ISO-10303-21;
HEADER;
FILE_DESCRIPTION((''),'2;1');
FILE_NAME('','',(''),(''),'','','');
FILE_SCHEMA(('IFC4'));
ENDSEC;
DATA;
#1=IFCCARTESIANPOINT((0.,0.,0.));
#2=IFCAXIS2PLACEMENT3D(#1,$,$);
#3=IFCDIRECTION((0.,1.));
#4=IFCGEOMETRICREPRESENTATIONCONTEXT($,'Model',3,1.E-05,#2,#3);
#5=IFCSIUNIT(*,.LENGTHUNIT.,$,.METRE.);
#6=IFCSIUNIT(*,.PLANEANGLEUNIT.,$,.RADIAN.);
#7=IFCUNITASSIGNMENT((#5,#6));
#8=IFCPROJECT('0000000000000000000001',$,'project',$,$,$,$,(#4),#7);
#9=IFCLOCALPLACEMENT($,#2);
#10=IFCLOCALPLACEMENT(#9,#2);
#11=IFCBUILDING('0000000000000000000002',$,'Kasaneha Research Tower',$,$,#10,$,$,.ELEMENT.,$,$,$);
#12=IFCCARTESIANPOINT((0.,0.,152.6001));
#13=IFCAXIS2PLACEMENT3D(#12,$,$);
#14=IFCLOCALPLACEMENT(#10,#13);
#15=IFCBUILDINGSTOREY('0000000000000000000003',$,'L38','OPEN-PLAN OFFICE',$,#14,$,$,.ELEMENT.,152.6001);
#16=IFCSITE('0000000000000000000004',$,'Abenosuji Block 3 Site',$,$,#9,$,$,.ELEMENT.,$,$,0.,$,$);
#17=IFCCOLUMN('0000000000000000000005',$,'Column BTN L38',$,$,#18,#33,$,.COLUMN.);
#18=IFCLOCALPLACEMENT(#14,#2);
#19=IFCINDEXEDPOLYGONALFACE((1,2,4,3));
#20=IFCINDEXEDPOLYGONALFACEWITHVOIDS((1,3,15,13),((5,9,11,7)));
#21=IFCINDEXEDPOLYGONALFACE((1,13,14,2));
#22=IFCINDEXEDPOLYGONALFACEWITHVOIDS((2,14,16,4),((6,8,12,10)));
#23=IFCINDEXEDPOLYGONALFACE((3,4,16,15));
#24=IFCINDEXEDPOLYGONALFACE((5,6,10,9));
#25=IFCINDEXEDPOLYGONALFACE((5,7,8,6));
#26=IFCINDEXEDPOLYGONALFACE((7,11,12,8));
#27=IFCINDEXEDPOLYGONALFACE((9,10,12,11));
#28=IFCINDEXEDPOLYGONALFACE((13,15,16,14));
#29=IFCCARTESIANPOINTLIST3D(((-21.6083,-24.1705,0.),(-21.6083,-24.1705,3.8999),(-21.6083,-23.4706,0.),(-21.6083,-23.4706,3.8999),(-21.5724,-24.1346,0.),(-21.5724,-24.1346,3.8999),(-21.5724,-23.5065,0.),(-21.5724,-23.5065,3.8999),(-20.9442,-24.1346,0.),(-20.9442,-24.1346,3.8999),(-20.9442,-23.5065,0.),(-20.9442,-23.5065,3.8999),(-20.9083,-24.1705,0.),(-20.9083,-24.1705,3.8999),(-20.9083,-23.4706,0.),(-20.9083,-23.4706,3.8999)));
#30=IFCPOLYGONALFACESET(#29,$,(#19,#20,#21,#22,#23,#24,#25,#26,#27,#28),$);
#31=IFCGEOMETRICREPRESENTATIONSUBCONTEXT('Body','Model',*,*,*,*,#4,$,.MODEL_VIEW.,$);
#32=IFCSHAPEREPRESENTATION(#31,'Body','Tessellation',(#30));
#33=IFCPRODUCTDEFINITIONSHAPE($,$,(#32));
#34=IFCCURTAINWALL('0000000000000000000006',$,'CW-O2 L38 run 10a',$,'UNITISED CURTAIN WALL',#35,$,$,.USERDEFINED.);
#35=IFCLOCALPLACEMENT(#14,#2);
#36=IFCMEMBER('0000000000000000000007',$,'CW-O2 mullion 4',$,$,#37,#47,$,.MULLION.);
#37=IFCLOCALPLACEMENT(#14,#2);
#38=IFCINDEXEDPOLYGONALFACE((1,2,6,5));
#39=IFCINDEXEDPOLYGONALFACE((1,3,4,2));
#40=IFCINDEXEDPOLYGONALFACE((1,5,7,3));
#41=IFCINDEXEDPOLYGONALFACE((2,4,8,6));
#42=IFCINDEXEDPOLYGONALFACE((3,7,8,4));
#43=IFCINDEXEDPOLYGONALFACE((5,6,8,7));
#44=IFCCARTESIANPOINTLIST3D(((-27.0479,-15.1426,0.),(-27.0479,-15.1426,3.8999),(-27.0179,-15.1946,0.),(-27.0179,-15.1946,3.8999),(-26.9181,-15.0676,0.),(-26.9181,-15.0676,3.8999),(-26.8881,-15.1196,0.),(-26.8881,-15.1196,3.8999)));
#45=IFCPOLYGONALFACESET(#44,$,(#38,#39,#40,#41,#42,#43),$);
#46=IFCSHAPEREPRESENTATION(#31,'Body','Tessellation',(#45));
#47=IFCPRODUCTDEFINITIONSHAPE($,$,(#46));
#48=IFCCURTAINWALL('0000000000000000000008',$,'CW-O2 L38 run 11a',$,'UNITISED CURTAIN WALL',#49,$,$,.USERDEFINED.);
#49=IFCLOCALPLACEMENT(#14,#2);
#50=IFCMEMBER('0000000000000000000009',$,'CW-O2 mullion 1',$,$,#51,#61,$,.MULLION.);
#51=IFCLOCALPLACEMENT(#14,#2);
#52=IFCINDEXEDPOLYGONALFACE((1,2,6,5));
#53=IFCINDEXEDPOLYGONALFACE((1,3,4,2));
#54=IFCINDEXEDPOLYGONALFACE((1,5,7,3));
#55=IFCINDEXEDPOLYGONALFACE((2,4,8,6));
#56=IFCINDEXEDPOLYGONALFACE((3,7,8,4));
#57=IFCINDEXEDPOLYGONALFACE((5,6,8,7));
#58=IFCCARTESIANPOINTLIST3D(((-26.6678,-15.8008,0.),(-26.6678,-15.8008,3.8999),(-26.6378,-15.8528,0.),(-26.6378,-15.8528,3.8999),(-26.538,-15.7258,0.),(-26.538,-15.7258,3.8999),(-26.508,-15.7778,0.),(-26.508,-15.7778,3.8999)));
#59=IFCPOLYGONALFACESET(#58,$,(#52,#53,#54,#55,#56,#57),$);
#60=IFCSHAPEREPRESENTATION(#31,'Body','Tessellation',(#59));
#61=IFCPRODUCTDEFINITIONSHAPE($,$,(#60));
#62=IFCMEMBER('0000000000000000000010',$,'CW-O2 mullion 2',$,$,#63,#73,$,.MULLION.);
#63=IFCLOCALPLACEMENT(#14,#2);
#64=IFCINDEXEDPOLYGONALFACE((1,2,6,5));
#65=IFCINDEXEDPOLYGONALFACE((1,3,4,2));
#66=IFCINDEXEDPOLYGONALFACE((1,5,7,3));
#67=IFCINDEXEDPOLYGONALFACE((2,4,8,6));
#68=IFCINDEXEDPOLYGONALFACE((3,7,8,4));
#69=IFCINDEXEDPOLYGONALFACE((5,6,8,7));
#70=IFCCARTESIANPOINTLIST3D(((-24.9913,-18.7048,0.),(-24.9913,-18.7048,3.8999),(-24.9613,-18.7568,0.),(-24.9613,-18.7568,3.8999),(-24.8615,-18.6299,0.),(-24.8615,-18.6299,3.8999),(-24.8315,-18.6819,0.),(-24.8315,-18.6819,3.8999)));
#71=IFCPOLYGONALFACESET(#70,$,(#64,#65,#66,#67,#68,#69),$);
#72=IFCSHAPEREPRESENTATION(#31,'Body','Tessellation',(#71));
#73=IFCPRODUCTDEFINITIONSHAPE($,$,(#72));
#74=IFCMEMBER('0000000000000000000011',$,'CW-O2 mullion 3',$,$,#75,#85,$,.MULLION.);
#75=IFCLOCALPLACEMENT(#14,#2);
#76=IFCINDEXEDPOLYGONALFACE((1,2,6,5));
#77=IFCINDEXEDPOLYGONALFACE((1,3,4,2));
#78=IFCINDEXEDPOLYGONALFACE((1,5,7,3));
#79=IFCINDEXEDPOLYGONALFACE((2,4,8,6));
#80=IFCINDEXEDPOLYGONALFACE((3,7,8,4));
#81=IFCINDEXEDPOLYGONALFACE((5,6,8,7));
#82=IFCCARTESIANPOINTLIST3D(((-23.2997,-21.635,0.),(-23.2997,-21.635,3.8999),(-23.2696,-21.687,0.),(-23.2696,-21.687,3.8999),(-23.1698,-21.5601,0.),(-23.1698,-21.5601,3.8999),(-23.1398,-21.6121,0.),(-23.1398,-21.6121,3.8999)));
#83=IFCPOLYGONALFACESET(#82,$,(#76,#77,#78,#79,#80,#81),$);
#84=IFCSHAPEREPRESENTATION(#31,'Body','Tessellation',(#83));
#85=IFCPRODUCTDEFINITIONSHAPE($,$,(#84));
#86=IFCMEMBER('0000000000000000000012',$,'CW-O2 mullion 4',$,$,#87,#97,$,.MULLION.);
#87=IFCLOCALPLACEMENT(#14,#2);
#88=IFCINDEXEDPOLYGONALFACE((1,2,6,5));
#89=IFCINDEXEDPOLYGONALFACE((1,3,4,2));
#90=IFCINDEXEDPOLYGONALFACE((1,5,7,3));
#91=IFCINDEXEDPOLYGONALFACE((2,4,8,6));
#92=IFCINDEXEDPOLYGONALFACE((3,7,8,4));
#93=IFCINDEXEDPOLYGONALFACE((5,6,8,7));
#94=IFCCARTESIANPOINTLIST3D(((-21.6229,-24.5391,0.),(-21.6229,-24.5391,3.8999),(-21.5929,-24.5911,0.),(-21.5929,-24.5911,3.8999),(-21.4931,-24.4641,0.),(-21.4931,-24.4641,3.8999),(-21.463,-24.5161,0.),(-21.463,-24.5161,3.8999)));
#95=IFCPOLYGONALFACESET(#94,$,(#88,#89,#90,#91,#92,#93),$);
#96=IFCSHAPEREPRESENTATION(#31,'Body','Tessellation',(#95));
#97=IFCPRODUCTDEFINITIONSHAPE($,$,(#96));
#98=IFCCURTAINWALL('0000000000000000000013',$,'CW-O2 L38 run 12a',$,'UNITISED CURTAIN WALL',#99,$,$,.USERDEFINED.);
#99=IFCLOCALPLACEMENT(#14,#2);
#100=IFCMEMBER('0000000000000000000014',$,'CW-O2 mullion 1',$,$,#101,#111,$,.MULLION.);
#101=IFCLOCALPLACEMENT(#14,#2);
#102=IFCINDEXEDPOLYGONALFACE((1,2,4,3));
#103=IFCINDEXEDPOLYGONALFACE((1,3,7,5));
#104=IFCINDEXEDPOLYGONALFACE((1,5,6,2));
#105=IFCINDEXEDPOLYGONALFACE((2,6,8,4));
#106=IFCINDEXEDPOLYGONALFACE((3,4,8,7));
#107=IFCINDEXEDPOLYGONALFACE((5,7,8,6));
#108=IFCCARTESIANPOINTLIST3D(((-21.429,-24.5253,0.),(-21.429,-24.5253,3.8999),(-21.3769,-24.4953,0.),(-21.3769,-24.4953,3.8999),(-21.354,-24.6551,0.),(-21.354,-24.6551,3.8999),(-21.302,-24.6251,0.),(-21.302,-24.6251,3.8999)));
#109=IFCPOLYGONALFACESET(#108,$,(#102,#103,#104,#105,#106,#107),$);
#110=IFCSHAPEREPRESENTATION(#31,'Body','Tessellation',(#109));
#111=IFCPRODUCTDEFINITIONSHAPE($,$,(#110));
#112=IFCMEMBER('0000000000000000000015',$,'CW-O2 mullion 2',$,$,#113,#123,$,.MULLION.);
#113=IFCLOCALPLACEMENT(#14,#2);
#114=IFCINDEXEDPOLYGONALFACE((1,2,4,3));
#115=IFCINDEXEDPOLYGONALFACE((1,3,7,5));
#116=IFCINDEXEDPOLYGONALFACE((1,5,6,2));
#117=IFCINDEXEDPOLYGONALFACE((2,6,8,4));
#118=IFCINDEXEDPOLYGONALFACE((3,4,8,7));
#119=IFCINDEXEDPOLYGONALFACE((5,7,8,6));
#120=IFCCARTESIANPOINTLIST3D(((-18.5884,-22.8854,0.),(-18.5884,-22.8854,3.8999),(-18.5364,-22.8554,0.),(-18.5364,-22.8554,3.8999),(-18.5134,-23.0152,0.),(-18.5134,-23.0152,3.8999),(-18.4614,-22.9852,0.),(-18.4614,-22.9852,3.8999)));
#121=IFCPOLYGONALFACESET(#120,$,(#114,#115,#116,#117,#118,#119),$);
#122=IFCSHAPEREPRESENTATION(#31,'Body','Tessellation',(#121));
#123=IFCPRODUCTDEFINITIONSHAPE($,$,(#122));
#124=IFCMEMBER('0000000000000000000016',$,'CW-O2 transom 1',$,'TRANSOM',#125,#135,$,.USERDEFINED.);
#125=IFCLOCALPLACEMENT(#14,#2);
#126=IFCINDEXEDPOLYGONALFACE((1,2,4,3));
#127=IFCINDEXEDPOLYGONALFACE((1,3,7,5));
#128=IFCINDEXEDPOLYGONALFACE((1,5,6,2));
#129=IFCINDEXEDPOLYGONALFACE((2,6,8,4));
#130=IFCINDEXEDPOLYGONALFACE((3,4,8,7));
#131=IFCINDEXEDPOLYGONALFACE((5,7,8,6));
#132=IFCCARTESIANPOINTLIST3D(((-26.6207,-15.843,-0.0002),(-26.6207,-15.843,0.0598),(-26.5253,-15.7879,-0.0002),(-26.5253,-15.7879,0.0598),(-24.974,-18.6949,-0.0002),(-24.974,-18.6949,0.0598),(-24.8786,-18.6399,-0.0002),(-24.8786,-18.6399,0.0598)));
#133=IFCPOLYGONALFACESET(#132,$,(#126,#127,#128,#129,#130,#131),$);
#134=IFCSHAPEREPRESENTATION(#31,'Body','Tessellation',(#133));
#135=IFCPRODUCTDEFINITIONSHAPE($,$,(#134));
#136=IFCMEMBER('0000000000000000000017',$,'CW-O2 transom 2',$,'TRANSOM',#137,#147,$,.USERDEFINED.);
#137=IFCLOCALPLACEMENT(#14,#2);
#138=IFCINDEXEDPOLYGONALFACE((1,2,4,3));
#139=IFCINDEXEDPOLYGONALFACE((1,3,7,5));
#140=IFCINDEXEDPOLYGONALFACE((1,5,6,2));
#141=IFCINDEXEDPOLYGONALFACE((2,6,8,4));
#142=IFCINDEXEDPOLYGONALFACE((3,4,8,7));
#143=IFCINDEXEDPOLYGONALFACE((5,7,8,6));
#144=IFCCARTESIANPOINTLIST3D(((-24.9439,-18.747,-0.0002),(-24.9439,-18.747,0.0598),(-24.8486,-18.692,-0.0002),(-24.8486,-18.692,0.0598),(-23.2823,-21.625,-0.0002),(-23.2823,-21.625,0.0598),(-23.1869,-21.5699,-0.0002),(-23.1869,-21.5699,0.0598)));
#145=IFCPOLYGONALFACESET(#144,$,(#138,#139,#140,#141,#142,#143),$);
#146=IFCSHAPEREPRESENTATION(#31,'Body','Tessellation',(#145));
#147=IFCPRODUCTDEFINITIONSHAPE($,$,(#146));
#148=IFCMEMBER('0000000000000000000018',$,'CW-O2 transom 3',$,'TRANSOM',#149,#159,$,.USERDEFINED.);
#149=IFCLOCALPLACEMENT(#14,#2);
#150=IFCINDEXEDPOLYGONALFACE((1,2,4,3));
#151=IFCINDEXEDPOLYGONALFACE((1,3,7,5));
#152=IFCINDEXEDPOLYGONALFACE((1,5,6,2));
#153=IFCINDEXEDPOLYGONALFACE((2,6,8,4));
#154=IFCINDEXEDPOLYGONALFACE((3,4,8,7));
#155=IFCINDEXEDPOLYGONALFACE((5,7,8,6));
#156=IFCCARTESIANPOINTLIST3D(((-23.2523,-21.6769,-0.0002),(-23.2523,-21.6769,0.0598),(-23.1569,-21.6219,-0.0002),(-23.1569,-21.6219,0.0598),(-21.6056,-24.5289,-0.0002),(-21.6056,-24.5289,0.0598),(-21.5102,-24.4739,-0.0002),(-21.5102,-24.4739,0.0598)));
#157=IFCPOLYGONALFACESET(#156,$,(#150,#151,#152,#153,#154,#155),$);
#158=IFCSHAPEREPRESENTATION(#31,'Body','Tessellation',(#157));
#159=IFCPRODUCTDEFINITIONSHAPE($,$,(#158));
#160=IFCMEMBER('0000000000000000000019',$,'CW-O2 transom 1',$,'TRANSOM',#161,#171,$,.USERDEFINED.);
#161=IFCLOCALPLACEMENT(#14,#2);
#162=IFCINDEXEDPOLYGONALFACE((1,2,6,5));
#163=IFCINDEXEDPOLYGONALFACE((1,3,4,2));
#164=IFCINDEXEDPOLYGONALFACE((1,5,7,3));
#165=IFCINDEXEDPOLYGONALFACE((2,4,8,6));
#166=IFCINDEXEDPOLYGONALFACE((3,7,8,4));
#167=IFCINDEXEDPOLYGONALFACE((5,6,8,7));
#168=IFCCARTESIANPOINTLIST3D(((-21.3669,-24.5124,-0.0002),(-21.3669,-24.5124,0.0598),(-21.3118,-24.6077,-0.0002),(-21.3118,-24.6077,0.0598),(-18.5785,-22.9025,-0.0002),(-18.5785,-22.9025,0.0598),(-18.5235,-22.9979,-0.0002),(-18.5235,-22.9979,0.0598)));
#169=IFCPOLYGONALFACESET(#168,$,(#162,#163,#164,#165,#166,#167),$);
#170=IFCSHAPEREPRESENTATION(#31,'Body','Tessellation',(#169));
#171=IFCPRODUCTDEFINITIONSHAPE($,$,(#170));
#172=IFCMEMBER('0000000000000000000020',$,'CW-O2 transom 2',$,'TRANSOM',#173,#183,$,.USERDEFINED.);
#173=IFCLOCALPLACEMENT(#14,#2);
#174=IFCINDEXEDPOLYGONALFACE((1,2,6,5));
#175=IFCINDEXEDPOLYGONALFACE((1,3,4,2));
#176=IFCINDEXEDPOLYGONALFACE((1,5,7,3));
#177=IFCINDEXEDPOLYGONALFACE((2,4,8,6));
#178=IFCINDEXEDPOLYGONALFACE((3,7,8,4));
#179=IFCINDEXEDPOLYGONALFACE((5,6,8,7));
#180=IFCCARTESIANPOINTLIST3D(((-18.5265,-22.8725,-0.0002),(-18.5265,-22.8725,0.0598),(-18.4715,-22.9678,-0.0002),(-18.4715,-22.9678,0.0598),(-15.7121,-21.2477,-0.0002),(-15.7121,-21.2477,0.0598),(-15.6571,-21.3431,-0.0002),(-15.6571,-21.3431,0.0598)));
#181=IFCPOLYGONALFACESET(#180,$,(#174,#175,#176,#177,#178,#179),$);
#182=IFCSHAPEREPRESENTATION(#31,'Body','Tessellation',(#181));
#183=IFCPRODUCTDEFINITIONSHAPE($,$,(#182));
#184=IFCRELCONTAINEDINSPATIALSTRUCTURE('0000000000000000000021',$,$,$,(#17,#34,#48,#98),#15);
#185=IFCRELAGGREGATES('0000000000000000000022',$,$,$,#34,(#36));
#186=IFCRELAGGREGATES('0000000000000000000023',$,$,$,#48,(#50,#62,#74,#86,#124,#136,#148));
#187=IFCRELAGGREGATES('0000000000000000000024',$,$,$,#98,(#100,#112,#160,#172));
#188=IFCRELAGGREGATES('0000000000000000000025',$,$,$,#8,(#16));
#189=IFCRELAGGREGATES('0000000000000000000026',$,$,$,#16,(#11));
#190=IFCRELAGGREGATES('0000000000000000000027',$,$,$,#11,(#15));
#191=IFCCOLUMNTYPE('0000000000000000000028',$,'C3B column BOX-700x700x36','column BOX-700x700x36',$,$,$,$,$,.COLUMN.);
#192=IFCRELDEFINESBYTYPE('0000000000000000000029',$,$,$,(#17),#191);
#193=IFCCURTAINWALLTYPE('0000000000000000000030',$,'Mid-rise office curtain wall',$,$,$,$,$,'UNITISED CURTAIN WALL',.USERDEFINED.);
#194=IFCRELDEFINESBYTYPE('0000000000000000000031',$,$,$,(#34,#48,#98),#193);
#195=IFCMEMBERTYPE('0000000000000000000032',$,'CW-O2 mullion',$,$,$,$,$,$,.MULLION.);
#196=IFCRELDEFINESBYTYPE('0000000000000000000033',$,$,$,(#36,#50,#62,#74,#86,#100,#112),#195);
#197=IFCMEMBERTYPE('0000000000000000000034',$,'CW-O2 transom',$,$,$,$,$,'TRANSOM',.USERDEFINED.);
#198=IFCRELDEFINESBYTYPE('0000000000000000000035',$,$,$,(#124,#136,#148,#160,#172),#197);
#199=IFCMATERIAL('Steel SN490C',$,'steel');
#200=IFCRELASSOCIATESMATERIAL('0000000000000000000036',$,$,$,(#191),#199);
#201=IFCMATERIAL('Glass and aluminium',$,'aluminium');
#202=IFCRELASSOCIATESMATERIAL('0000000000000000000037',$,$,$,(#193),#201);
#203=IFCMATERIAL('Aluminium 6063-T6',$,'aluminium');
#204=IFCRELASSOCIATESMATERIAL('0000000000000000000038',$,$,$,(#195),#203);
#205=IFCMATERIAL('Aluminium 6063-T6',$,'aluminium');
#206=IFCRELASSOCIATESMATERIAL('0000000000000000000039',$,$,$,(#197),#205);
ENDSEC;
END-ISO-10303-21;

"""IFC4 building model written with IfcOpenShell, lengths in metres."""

from ifc_helpers import new_model, si_unit, direction, frame, origin, origin_2d, place, context, subcontext, project, spatial, rectangle, hollow_rectangle, extrude, material, material_profile, profile_set, type_object, element, aggregate, save


model = new_model("IFC4")

# Units and contexts
model_context = context("Model", 3, precision=1e-05, world=origin(), true_north=direction((0.0, 1.0)))
body_context = subcontext(model_context, "Body", "Model", "MODEL_VIEW")
ifc_project = project(units=[si_unit("LENGTHUNIT", "METRE"), si_unit("PLANEANGLEUNIT", "RADIAN")], contexts=[model_context])

# Site, building, storey
site_placement = place(None, origin())
site = spatial("IfcSite", under=ifc_project, at=site_placement, Name="Abenosuji Block 3 Site", CompositionType="ELEMENT", RefElevation=0.0)
building_placement = place(site_placement, origin())
building = spatial("IfcBuilding", under=site, at=building_placement, Name="Kasaneha Research Tower", CompositionType="ELEMENT")
storey_placement = place(building_placement, frame((0.0, 0.0, 152.6001)))
storey = spatial("IfcBuildingStorey", under=building, at=storey_placement, Name="L38", Description="OPEN-PLAN OFFICE", CompositionType="ELEMENT", Elevation=152.6001)

# Column
ifc_material_1 = material(Name="Steel SN490C", Category="steel")
ifc_material_profile_1 = material_profile(ifc_material_1, hollow_rectangle(XDim=0.7, YDim=0.7, WallThickness=0.0359, at=origin_2d()), Name="BOX-700x700x36")
ifc_profile_set_1 = profile_set([ifc_material_profile_1], Name="Steel SN490C")
column_type = type_object("IfcColumnType", Name="C3B column BOX-700x700x36", Description="column BOX-700x700x36", PredefinedType="COLUMN", material=ifc_profile_set_1)
column_placement = place(storey_placement, frame((-21.2583, -23.8206, 0.0), z_axis=(0.0, 0.0, 1.0), x_axis=(1.0, 0.0, 0.0)))
element("IfcColumn", 1, at=column_placement, inside=storey, type_object=column_type, Name="Column BTN L38", PredefinedType="COLUMN", context=body_context, shape_type="SweptSolid", body=[
    extrude(hollow_rectangle(XDim=0.7, YDim=0.7, WallThickness=0.0359, at=origin_2d()), origin(), (0.0, 0.0, 1.0), 3.8999),
])

# Curtain wall, member
ifc_material_2 = material(Name="Glass and aluminium", Category="aluminium")
curtain_wall_type = type_object("IfcCurtainWallType", Name="Mid-rise office curtain wall", ElementType="UNITISED CURTAIN WALL", PredefinedType="USERDEFINED", material=ifc_material_2)
curtain_wall_1_placement = place(storey_placement, origin())
curtain_wall_1 = element("IfcCurtainWall", 2, at=curtain_wall_1_placement, inside=storey, type_object=curtain_wall_type, Name="CW-O2 L38 run 10a", ObjectType="UNITISED CURTAIN WALL", PredefinedType="USERDEFINED")
ifc_material_3 = material(Name="Aluminium 6063-T6", Category="aluminium")
ifc_material_profile_2 = material_profile(ifc_material_3, rectangle(XDim=0.0601, YDim=0.1499, at=origin_2d()), Name="CW-O2 mullion 60x150")
ifc_profile_set_2 = profile_set([ifc_material_profile_2], Name="Aluminium 6063-T6")
member_type_1 = type_object("IfcMemberType", Name="CW-O2 mullion", PredefinedType="MULLION", material=ifc_profile_set_2)
member_1_placement = place(storey_placement, frame((-26.968, -15.1311, 0.0), z_axis=(0.0, 0.0, 1.0), x_axis=(0.5, -0.866025, 0.0)))
member_1 = element("IfcMember", 3, at=member_1_placement, type_object=member_type_1, Name="CW-O2 mullion 4", PredefinedType="MULLION", context=body_context, shape_type="SweptSolid", body=[
    extrude(rectangle(XDim=0.0601, YDim=0.1499, at=origin_2d()), origin(), (0.0, 0.0, 1.0), 3.8999),
])

# Curtain walls, members
curtain_wall_2_placement = place(storey_placement, origin())
curtain_wall_2 = element("IfcCurtainWall", 4, at=curtain_wall_2_placement, inside=storey, type_object=curtain_wall_type, Name="CW-O2 L38 run 11a", ObjectType="UNITISED CURTAIN WALL", PredefinedType="USERDEFINED")
member_2_placement = place(storey_placement, frame((-26.5879, -15.7893, 0.0), z_axis=(0.0, 0.0, 1.0), x_axis=(0.5, -0.866025, 0.0)))
member_2 = element("IfcMember", 5, at=member_2_placement, type_object=member_type_1, Name="CW-O2 mullion 1", PredefinedType="MULLION", context=body_context, shape_type="SweptSolid", body=[
    extrude(rectangle(XDim=0.0601, YDim=0.1499, at=origin_2d()), origin(), (0.0, 0.0, 1.0), 3.8999),
])
member_3_placement = place(storey_placement, frame((-24.9114, -18.6934, 0.0), z_axis=(0.0, 0.0, 1.0), x_axis=(0.5, -0.866025, 0.0)))
member_3 = element("IfcMember", 6, at=member_3_placement, type_object=member_type_1, Name="CW-O2 mullion 2", PredefinedType="MULLION", context=body_context, shape_type="SweptSolid", body=[
    extrude(rectangle(XDim=0.0601, YDim=0.1499, at=origin_2d()), origin(), (0.0, 0.0, 1.0), 3.8999),
])
member_4_placement = place(storey_placement, frame((-23.2197, -21.6235, 0.0), z_axis=(0.0, 0.0, 1.0), x_axis=(0.5, -0.866025, 0.0)))
member_4 = element("IfcMember", 7, at=member_4_placement, type_object=member_type_1, Name="CW-O2 mullion 3", PredefinedType="MULLION", context=body_context, shape_type="SweptSolid", body=[
    extrude(rectangle(XDim=0.0601, YDim=0.1499, at=origin_2d()), origin(), (0.0, 0.0, 1.0), 3.8999),
])
member_5_placement = place(storey_placement, frame((-21.543, -24.5276, 0.0), z_axis=(0.0, 0.0, 1.0), x_axis=(0.5, -0.866025, 0.0)))
member_5 = element("IfcMember", 8, at=member_5_placement, type_object=member_type_1, Name="CW-O2 mullion 4", PredefinedType="MULLION", context=body_context, shape_type="SweptSolid", body=[
    extrude(rectangle(XDim=0.0601, YDim=0.1499, at=origin_2d()), origin(), (0.0, 0.0, 1.0), 3.8999),
])
curtain_wall_3_placement = place(storey_placement, origin())
curtain_wall_3 = element("IfcCurtainWall", 9, at=curtain_wall_3_placement, inside=storey, type_object=curtain_wall_type, Name="CW-O2 L38 run 12a", ObjectType="UNITISED CURTAIN WALL", PredefinedType="USERDEFINED")
member_6_placement = place(storey_placement, frame((-21.3655, -24.5752, 0.0), z_axis=(0.0, 0.0, 1.0), x_axis=(0.866025, 0.5, 0.0)))
member_6 = element("IfcMember", 10, at=member_6_placement, type_object=member_type_1, Name="CW-O2 mullion 1", PredefinedType="MULLION", context=body_context, shape_type="SweptSolid", body=[
    extrude(rectangle(XDim=0.0601, YDim=0.1499, at=origin_2d()), origin(), (0.0, 0.0, 1.0), 3.8999),
])
member_7_placement = place(storey_placement, frame((-18.5249, -22.9353, 0.0), z_axis=(0.0, 0.0, 1.0), x_axis=(0.866025, 0.5, 0.0)))
member_7 = element("IfcMember", 11, at=member_7_placement, type_object=member_type_1, Name="CW-O2 mullion 2", PredefinedType="MULLION", context=body_context, shape_type="SweptSolid", body=[
    extrude(rectangle(XDim=0.0601, YDim=0.1499, at=origin_2d()), origin(), (0.0, 0.0, 1.0), 3.8999),
])

# Members
ifc_material_4 = material(Name="Aluminium 6063-T6", Category="aluminium")
ifc_material_profile_3 = material_profile(ifc_material_4, rectangle(XDim=0.1101, YDim=0.0601, at=origin_2d()), Name="CW-O2 transom 110x60")
ifc_profile_set_3 = profile_set([ifc_material_profile_3], Name="Aluminium 6063-T6")
member_type_2 = type_object("IfcMemberType", Name="CW-O2 transom", ElementType="TRANSOM", PredefinedType="USERDEFINED", material=ifc_profile_set_3)
member_8_placement = place(storey_placement, frame((-26.573, -15.8154, 0.0298), z_axis=(0.500022, -0.866013, 0.0), x_axis=(0.866013, 0.500022, 0.0)))
member_8 = element("IfcMember", 12, at=member_8_placement, type_object=member_type_2, Name="CW-O2 transom 1", ObjectType="TRANSOM", PredefinedType="USERDEFINED", context=body_context, shape_type="SweptSolid", body=[
    extrude(rectangle(XDim=0.1101, YDim=0.0601, at=origin_2d()), origin(), (0.0, 0.0, 1.0), 3.2932),
])
member_9_placement = place(storey_placement, frame((-24.8962, -18.7195, 0.0298), z_axis=(0.500011, -0.866019, 0.0), x_axis=(0.866019, 0.500011, 0.0)))
member_9 = element("IfcMember", 13, at=member_9_placement, type_object=member_type_2, Name="CW-O2 transom 2", ObjectType="TRANSOM", PredefinedType="USERDEFINED", context=body_context, shape_type="SweptSolid", body=[
    extrude(rectangle(XDim=0.1101, YDim=0.0601, at=origin_2d()), origin(), (0.0, 0.0, 1.0), 3.3232),
])
member_10_placement = place(storey_placement, frame((-23.2046, -21.6494, 0.0298), z_axis=(0.500022, -0.866013, 0.0), x_axis=(0.866013, 0.500022, 0.0)))
member_10 = element("IfcMember", 14, at=member_10_placement, type_object=member_type_2, Name="CW-O2 transom 3", ObjectType="TRANSOM", PredefinedType="USERDEFINED", context=body_context, shape_type="SweptSolid", body=[
    extrude(rectangle(XDim=0.1101, YDim=0.0601, at=origin_2d()), origin(), (0.0, 0.0, 1.0), 3.2932),
])
member_11_placement = place(storey_placement, frame((-21.3394, -24.5601, 0.0298), z_axis=(0.866023, 0.500005, 0.0), x_axis=(-0.500005, 0.866023, 0.0)))
member_11 = element("IfcMember", 15, at=member_11_placement, type_object=member_type_2, Name="CW-O2 transom 1", ObjectType="TRANSOM", PredefinedType="USERDEFINED", context=body_context, shape_type="SweptSolid", body=[
    extrude(rectangle(XDim=0.1101, YDim=0.0601, at=origin_2d()), origin(), (0.0, 0.0, 1.0), 3.2197),
])
member_12_placement = place(storey_placement, frame((-18.499, -22.9202, 0.0298), z_axis=(0.866048, 0.499961, 0.0), x_axis=(-0.499961, 0.866048, 0.0)))
member_12 = element("IfcMember", 16, at=member_12_placement, type_object=member_type_2, Name="CW-O2 transom 2", ObjectType="TRANSOM", PredefinedType="USERDEFINED", context=body_context, shape_type="SweptSolid", body=[
    extrude(rectangle(XDim=0.1101, YDim=0.0601, at=origin_2d()), origin(), (0.0, 0.0, 1.0), 3.2498),
])

aggregate(curtain_wall_1, [member_1])
aggregate(curtain_wall_2, [member_2, member_3, member_4, member_5, member_8, member_9, member_10])
aggregate(curtain_wall_3, [member_6, member_7, member_11, member_12])

save(model, "model.ifc")
